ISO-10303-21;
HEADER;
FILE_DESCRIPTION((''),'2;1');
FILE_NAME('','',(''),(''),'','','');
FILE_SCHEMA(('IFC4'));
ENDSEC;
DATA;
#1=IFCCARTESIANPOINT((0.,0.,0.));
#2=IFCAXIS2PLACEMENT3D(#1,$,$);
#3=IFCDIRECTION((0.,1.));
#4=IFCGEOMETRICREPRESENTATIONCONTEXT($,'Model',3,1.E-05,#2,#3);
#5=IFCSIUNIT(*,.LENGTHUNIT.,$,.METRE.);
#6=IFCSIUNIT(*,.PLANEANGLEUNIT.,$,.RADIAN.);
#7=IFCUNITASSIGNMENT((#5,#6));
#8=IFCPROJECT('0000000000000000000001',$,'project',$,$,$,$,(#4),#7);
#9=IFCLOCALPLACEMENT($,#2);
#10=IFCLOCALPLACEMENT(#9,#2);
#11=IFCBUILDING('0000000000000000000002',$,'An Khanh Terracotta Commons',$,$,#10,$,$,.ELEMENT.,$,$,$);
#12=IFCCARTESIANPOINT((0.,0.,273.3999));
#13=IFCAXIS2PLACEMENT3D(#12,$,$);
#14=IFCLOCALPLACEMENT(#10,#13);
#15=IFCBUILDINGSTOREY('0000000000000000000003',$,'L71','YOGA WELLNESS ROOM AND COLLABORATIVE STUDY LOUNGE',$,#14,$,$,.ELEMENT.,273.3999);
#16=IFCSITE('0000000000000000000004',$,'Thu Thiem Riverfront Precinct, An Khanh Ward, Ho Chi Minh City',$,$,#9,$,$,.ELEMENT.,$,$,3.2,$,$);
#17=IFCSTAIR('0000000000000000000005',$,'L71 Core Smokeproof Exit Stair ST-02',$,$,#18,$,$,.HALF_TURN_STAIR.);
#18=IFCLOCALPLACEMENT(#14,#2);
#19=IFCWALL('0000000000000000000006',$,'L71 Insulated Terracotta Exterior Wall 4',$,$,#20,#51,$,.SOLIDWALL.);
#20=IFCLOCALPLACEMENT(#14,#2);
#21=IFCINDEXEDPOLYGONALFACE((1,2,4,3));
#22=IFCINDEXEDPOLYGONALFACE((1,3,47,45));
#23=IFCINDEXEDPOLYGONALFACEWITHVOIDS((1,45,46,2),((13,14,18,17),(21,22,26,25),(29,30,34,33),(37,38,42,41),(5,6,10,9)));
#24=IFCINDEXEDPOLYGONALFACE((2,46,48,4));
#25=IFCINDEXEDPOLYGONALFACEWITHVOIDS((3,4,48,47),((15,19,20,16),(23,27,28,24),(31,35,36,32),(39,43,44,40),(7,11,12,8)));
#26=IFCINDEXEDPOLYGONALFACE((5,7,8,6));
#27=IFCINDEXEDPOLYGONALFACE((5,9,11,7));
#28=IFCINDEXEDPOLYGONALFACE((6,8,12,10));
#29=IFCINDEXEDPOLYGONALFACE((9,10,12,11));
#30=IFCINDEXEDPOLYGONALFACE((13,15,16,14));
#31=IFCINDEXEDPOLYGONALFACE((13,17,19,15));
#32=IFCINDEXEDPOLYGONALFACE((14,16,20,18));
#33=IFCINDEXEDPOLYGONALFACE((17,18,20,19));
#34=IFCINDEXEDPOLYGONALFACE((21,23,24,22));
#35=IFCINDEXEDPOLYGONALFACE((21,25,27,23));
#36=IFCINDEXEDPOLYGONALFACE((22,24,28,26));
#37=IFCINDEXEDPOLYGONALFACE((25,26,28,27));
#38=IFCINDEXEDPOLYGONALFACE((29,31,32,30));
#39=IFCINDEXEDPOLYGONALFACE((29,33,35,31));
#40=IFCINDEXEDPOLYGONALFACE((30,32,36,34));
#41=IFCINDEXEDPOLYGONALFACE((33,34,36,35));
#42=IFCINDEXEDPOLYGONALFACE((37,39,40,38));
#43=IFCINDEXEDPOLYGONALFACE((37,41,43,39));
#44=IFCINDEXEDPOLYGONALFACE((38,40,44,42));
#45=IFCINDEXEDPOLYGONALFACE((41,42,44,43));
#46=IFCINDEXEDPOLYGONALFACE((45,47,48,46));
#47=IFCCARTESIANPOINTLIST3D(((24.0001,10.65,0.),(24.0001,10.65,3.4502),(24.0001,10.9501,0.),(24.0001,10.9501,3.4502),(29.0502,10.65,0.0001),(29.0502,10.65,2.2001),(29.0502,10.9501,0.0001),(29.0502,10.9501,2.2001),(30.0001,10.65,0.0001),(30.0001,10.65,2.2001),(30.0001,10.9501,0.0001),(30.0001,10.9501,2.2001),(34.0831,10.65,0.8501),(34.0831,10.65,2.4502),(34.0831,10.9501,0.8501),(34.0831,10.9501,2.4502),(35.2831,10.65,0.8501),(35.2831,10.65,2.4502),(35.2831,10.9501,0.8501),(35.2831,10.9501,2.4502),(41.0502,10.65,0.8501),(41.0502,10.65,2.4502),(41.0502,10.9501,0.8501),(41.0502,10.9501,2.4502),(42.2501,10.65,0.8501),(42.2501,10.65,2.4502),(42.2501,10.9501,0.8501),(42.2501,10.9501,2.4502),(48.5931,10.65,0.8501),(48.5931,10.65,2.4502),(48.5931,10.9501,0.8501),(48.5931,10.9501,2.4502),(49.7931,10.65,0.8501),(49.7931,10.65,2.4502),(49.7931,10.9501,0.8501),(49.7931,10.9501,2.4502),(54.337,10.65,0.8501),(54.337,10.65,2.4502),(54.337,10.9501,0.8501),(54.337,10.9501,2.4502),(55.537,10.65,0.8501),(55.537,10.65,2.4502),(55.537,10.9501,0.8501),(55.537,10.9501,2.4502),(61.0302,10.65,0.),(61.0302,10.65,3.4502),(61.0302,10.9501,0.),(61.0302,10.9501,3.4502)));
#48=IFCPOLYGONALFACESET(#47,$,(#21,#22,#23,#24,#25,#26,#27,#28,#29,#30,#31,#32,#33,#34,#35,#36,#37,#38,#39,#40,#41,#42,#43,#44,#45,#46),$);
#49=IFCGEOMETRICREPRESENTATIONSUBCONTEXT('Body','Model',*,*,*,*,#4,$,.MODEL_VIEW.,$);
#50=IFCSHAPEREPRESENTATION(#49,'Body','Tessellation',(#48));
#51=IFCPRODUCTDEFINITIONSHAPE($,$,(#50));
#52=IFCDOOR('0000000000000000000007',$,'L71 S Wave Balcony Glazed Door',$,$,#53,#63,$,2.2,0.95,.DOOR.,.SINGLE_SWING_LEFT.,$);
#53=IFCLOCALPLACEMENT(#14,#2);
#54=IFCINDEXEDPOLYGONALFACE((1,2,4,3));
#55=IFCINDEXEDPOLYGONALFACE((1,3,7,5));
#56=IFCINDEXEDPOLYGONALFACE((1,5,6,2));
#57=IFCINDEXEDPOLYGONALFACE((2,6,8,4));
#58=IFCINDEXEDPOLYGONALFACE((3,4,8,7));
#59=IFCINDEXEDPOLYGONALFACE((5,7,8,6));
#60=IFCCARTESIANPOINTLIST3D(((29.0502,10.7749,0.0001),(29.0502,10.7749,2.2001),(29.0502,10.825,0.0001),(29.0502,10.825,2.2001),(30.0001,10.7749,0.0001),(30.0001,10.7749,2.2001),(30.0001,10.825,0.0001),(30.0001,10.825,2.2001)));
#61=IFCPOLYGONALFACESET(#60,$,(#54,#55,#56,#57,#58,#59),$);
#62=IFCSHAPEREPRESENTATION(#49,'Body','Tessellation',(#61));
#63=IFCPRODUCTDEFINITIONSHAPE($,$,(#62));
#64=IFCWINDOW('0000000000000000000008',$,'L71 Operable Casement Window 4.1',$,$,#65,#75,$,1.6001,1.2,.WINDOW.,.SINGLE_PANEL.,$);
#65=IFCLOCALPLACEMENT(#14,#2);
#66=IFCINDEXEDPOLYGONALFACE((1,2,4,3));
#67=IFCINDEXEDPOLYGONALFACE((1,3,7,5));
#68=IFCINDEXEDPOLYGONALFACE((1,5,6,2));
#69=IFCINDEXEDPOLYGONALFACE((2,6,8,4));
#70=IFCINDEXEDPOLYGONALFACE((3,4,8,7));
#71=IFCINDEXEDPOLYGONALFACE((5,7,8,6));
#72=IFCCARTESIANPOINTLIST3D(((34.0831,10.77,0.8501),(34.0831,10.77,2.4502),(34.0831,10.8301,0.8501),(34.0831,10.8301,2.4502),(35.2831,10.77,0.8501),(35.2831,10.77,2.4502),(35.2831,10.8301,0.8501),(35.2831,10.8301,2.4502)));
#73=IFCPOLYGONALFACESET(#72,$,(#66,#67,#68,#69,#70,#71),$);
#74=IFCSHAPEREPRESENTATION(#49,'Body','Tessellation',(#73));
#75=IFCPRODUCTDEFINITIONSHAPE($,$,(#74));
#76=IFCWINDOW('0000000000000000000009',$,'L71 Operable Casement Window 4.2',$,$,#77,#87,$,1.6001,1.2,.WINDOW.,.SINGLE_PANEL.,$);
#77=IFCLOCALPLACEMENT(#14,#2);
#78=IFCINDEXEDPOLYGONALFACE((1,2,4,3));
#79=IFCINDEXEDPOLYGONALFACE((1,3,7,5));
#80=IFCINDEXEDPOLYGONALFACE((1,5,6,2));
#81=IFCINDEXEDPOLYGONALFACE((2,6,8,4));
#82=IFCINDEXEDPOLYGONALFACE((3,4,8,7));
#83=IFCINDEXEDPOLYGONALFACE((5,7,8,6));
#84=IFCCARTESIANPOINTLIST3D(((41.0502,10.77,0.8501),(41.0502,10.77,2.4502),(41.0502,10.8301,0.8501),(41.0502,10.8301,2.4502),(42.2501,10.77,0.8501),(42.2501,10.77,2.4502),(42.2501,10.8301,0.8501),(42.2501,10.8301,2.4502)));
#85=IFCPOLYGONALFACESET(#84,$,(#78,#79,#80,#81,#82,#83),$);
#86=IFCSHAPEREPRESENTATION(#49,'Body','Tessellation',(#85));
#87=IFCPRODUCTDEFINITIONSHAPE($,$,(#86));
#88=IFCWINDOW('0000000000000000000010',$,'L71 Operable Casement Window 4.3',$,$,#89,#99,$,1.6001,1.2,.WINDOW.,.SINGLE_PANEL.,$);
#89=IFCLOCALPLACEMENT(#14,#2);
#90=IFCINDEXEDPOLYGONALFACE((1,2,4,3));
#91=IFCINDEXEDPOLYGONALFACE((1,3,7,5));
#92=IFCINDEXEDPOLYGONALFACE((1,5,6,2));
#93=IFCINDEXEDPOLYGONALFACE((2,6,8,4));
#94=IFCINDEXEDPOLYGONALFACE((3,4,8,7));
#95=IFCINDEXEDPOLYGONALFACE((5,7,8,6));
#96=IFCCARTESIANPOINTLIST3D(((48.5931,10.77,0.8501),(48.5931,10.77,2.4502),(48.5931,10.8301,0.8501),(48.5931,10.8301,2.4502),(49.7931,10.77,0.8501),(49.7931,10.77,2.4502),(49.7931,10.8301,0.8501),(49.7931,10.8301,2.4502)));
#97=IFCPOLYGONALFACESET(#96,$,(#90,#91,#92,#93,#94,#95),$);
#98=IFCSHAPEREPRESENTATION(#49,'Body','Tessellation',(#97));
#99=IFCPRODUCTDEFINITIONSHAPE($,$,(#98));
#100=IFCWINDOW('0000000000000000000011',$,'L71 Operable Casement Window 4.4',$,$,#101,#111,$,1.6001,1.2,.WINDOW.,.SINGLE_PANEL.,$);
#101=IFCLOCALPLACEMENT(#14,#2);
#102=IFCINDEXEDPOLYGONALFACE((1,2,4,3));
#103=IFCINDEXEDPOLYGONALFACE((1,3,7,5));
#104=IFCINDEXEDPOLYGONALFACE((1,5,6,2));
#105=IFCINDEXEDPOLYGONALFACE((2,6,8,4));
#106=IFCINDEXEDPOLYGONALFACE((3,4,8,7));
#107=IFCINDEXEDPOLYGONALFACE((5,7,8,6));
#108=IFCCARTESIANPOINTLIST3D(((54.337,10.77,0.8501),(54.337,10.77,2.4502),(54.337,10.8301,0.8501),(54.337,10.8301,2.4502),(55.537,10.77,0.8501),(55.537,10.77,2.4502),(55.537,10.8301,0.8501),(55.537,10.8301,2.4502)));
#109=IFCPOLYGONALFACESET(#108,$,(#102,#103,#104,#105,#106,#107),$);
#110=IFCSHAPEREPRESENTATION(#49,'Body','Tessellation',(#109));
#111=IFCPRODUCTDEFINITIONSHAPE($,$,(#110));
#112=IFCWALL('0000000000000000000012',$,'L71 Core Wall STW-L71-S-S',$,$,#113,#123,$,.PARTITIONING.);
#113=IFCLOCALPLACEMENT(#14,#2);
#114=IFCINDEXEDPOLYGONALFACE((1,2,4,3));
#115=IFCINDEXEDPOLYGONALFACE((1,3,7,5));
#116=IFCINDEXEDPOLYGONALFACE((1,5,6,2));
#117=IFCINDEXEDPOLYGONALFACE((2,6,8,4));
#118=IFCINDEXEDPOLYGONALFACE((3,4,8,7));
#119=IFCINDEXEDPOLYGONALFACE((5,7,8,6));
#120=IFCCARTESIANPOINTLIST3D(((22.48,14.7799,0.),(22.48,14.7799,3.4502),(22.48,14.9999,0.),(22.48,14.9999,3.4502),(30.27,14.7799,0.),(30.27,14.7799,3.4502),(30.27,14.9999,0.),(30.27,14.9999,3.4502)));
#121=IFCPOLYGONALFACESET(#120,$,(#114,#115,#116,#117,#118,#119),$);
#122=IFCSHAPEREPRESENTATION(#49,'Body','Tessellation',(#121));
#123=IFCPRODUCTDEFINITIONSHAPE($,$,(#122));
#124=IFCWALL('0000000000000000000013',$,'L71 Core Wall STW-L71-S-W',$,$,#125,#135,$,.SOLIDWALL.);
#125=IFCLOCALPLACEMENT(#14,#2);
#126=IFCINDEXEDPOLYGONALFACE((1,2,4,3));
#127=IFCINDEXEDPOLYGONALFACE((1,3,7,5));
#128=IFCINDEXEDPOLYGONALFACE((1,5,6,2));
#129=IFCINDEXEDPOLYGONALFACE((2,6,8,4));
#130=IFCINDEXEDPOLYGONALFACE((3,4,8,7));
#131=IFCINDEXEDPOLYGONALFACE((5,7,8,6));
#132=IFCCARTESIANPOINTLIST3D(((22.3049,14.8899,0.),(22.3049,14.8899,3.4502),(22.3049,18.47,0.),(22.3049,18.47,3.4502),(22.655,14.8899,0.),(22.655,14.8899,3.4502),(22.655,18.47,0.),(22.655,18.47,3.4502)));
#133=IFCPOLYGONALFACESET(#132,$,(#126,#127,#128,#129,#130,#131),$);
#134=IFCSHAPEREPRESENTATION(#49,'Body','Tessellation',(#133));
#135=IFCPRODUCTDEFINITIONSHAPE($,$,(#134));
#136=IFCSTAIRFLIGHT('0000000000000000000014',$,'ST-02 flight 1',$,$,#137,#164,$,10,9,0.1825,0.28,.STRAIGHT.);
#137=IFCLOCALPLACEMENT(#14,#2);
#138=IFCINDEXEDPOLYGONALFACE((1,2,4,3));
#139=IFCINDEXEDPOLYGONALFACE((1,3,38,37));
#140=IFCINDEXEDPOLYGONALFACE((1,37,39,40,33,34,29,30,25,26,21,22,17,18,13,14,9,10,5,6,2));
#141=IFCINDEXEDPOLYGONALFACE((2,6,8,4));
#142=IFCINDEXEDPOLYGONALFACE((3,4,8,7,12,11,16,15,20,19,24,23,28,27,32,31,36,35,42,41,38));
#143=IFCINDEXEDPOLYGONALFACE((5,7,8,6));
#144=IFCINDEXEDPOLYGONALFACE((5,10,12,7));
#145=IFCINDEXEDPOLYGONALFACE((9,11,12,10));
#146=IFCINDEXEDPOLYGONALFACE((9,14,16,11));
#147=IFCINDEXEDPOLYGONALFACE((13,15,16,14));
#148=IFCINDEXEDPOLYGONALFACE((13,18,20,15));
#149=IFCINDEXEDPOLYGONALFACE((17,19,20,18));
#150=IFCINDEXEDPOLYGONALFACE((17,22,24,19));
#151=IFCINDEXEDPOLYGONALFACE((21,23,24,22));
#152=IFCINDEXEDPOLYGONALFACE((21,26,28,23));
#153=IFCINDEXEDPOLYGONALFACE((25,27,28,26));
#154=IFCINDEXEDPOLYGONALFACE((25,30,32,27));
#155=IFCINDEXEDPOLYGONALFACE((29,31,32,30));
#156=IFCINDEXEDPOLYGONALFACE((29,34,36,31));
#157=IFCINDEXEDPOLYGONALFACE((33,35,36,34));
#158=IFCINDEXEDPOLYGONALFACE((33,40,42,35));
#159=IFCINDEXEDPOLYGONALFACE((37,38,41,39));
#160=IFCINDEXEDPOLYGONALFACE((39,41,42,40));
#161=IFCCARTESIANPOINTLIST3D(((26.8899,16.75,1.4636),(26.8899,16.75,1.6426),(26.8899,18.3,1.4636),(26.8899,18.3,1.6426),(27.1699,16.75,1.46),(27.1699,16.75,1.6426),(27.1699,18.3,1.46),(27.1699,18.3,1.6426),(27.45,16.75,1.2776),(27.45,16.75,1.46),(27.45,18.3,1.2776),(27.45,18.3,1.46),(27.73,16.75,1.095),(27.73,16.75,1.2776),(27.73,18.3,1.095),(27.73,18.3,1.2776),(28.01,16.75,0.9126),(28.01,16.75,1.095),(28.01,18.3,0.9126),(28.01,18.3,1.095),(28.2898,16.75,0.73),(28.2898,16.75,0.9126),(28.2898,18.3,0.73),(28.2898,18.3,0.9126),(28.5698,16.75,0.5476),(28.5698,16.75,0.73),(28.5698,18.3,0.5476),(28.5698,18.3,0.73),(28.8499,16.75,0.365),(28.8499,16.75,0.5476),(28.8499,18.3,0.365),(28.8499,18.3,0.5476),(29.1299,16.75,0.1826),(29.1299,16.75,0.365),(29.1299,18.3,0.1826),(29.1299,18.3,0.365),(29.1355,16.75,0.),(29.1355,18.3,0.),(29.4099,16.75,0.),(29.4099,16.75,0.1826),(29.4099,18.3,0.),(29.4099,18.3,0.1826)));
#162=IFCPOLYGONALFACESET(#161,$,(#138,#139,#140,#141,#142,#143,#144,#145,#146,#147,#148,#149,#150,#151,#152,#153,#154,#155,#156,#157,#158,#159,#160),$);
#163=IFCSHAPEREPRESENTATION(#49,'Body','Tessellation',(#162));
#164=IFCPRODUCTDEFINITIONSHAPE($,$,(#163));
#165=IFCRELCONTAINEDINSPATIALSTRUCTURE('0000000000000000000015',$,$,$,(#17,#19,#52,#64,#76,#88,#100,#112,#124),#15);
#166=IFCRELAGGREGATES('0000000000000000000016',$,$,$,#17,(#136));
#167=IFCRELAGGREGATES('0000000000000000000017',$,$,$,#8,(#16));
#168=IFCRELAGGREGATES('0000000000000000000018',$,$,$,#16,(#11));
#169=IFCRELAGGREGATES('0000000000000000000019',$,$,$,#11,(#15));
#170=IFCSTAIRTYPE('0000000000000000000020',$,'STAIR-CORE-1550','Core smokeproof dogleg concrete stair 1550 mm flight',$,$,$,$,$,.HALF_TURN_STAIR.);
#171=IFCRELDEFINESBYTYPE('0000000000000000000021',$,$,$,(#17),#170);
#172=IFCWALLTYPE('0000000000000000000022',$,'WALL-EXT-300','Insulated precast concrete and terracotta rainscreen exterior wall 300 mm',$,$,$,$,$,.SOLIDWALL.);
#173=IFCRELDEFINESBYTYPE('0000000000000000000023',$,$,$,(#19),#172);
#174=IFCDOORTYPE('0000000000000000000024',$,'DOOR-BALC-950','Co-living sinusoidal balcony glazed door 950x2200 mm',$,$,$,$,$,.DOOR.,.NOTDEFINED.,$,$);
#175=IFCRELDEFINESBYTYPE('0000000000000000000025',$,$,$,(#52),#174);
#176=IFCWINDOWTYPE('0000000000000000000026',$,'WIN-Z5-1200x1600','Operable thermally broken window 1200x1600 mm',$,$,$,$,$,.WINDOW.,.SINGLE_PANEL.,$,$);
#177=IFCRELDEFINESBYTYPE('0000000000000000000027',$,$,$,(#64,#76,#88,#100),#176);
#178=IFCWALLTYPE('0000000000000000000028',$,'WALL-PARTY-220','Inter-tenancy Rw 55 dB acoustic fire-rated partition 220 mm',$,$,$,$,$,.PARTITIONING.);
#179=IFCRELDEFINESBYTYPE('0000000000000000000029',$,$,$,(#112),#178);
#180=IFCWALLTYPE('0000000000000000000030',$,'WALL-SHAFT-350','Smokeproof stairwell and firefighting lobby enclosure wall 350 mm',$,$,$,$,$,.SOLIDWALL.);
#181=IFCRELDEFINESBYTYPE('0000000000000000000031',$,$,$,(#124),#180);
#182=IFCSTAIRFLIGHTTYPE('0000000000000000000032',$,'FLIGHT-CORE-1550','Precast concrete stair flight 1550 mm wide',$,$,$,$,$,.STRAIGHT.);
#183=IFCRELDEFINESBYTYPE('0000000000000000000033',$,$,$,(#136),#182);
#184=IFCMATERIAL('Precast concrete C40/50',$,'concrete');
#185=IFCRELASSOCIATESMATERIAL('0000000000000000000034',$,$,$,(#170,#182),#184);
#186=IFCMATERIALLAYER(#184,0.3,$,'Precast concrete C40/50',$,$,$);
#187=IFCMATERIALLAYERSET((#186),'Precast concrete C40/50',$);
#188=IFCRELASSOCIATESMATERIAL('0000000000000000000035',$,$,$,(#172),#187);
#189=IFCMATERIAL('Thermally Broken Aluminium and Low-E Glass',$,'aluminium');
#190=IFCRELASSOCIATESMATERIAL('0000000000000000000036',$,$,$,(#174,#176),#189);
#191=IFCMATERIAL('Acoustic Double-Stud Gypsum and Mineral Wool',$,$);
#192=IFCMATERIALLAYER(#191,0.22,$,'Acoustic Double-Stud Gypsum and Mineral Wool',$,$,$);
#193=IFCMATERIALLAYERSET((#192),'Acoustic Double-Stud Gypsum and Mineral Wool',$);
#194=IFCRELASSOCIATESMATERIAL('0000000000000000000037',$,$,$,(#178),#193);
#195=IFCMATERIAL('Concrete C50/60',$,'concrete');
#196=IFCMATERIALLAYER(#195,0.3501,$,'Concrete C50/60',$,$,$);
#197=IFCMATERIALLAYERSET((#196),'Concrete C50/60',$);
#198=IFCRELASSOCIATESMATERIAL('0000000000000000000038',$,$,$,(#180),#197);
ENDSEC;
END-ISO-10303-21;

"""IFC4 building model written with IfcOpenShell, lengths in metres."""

from ifc_helpers import new_model, si_unit, direction, frame, frame_2d, origin, place, context, subcontext, project, spatial, polyline, rectangle, outline, extrude, material, layer, layer_set, type_object, element, fill, aggregate, save


model = new_model("IFC4")

# Units and contexts
model_context = context("Model", 3, precision=1e-05, world=origin(), true_north=direction((0.0, 1.0)))
body_context = subcontext(model_context, "Body", "Model", "MODEL_VIEW")
ifc_project = project(units=[si_unit("LENGTHUNIT", "METRE"), si_unit("PLANEANGLEUNIT", "RADIAN")], contexts=[model_context])

# Site, building, storey
site_placement = place(None, origin())
site = spatial("IfcSite", under=ifc_project, at=site_placement, Name="Thu Thiem Riverfront Precinct, An Khanh Ward, Ho Chi Minh City", CompositionType="ELEMENT", RefElevation=3.2)
building_placement = place(site_placement, origin())
building = spatial("IfcBuilding", under=site, at=building_placement, Name="An Khanh Terracotta Commons", CompositionType="ELEMENT")
storey_placement = place(building_placement, frame((0.0, 0.0, 273.3999)))
storey = spatial("IfcBuildingStorey", under=building, at=storey_placement, Name="L71", Description="YOGA WELLNESS ROOM AND COLLABORATIVE STUDY LOUNGE", CompositionType="ELEMENT", Elevation=273.3999)

# Shared definitions
ifc_material_1 = material(Name="Concrete C50/60", Category="concrete")

# Stair
ifc_material_2 = material(Name="Precast concrete C40/50", Category="concrete")
stair_type = type_object("IfcStairType", Name="STAIR-CORE-1550", Description="Core smokeproof dogleg concrete stair 1550 mm flight", PredefinedType="HALF_TURN_STAIR", material=ifc_material_2)
stair_1_placement = place(storey_placement, origin())
stair_1 = element("IfcStair", 1, at=stair_1_placement, inside=storey, type_object=stair_type, Name="L71 Core Smokeproof Exit Stair ST-02", PredefinedType="HALF_TURN_STAIR")

# Shared definitions
ifc_layer_1 = layer(ifc_material_2, 0.3, Name="Precast concrete C40/50")
ifc_layer_set_1 = layer_set([ifc_layer_1], Name="Precast concrete C40/50")
wall_type_1 = type_object("IfcWallType", Name="WALL-EXT-300", Description="Insulated precast concrete and terracotta rainscreen exterior wall 300 mm", PredefinedType="SOLIDWALL", material=ifc_layer_set_1)

# Wall, openings, door, windows
wall_1_placement = place(storey_placement, frame((24.0, 10.8, 0.0), z_axis=(0.0, 0.0, 1.0), x_axis=(1.0, 0.0, 0.0)))
wall_1 = element("IfcWall", 2, at=wall_1_placement, inside=storey, type_object=wall_type_1, Name="L71 Insulated Terracotta Exterior Wall 4", PredefinedType="SOLIDWALL", context=body_context, shape_type="SweptSolid", body=[
    extrude(rectangle(XDim=37.03, YDim=0.3, at=frame_2d((18.5151, 0.0))), origin(), (0.0, 0.0, 1.0), 3.4502),
])
opening_1_placement = place(wall_1_placement, frame((5.05, 0.0, 0.0)))
opening_1 = element("IfcOpeningElement", 3, at=opening_1_placement, cuts=wall_1, PredefinedType="OPENING", context=body_context, shape_type="SweptSolid", body=[
    extrude(rectangle(XDim=0.95, YDim=2.2, at=frame_2d((0.4751, 1.1001))), frame((0.0, 0.1599, 0.0), z_axis=(0.0, -1.0, 0.0), x_axis=(1.0, 0.0, 0.0)), (0.0, 0.0, 1.0), 0.3201),
])
opening_2_placement = place(wall_1_placement, frame((10.083, 0.0, 0.8501)))
opening_2 = element("IfcOpeningElement", 4, at=opening_2_placement, cuts=wall_1, PredefinedType="OPENING", context=body_context, shape_type="SweptSolid", body=[
    extrude(rectangle(XDim=1.2, YDim=1.6001, at=frame_2d((0.6001, 0.8))), frame((0.0, 0.1599, 0.0), z_axis=(0.0, -1.0, 0.0), x_axis=(1.0, 0.0, 0.0)), (0.0, 0.0, 1.0), 0.3201),
])
opening_3_placement = place(wall_1_placement, frame((17.05, 0.0, 0.8501)))
opening_3 = element("IfcOpeningElement", 5, at=opening_3_placement, cuts=wall_1, PredefinedType="OPENING", context=body_context, shape_type="SweptSolid", body=[
    extrude(rectangle(XDim=1.2, YDim=1.6001, at=frame_2d((0.6001, 0.8))), frame((0.0, 0.1599, 0.0), z_axis=(0.0, -1.0, 0.0), x_axis=(1.0, 0.0, 0.0)), (0.0, 0.0, 1.0), 0.3201),
])
opening_4_placement = place(wall_1_placement, frame((24.593, 0.0, 0.8501)))
opening_4 = element("IfcOpeningElement", 6, at=opening_4_placement, cuts=wall_1, PredefinedType="OPENING", context=body_context, shape_type="SweptSolid", body=[
    extrude(rectangle(XDim=1.2, YDim=1.6001, at=frame_2d((0.6001, 0.8))), frame((0.0, 0.1599, 0.0), z_axis=(0.0, -1.0, 0.0), x_axis=(1.0, 0.0, 0.0)), (0.0, 0.0, 1.0), 0.3201),
])
opening_5_placement = place(wall_1_placement, frame((30.3369, 0.0, 0.8501)))
opening_5 = element("IfcOpeningElement", 7, at=opening_5_placement, cuts=wall_1, PredefinedType="OPENING", context=body_context, shape_type="SweptSolid", body=[
    extrude(rectangle(XDim=1.2, YDim=1.6001, at=frame_2d((0.6001, 0.8))), frame((0.0, 0.1599, 0.0), z_axis=(0.0, -1.0, 0.0), x_axis=(1.0, 0.0, 0.0)), (0.0, 0.0, 1.0), 0.3201),
])
ifc_material_3 = material(Name="Thermally Broken Aluminium and Low-E Glass", Category="aluminium")
door_type = type_object("IfcDoorType", Name="DOOR-BALC-950", Description="Co-living sinusoidal balcony glazed door 950x2200 mm", OperationType="NOTDEFINED", PredefinedType="DOOR", material=ifc_material_3)
door_placement = place(opening_1_placement, origin())
door = element("IfcDoor", 8, at=door_placement, inside=storey, type_object=door_type, Name="L71 S Wave Balcony Glazed Door", OperationType="SINGLE_SWING_LEFT", OverallHeight=2.2, OverallWidth=0.95, PredefinedType="DOOR", context=body_context, shape_type="SweptSolid", body=[
    extrude(rectangle(XDim=0.95, YDim=2.2, at=frame_2d((0.4751, 1.1001))), frame((0.0, 0.0249, 0.0), z_axis=(0.0, -1.0, 0.0), x_axis=(1.0, 0.0, 0.0)), (0.0, 0.0, 1.0), 0.05),
])
fill(opening_1, door)
window_type = type_object("IfcWindowType", Name="WIN-Z5-1200x1600", Description="Operable thermally broken window 1200x1600 mm", PartitioningType="SINGLE_PANEL", PredefinedType="WINDOW", material=ifc_material_3)
window_1_placement = place(opening_2_placement, origin())
window_1 = element("IfcWindow", 9, at=window_1_placement, inside=storey, type_object=window_type, Name="L71 Operable Casement Window 4.1", OverallHeight=1.6001, OverallWidth=1.2, PartitioningType="SINGLE_PANEL", PredefinedType="WINDOW", context=body_context, shape_type="SweptSolid", body=[
    extrude(rectangle(XDim=1.2, YDim=1.6001, at=frame_2d((0.6001, 0.8))), frame((0.0, 0.03, 0.0), z_axis=(0.0, -1.0, 0.0), x_axis=(1.0, 0.0, 0.0)), (0.0, 0.0, 1.0), 0.0601),
])
fill(opening_2, window_1)
window_2_placement = place(opening_3_placement, origin())
window_2 = element("IfcWindow", 10, at=window_2_placement, inside=storey, type_object=window_type, Name="L71 Operable Casement Window 4.2", OverallHeight=1.6001, OverallWidth=1.2, PartitioningType="SINGLE_PANEL", PredefinedType="WINDOW", context=body_context, shape_type="SweptSolid", body=[
    extrude(rectangle(XDim=1.2, YDim=1.6001, at=frame_2d((0.6001, 0.8))), frame((0.0, 0.03, 0.0), z_axis=(0.0, -1.0, 0.0), x_axis=(1.0, 0.0, 0.0)), (0.0, 0.0, 1.0), 0.0601),
])
fill(opening_3, window_2)
window_3_placement = place(opening_4_placement, origin())
window_3 = element("IfcWindow", 11, at=window_3_placement, inside=storey, type_object=window_type, Name="L71 Operable Casement Window 4.3", OverallHeight=1.6001, OverallWidth=1.2, PartitioningType="SINGLE_PANEL", PredefinedType="WINDOW", context=body_context, shape_type="SweptSolid", body=[
    extrude(rectangle(XDim=1.2, YDim=1.6001, at=frame_2d((0.6001, 0.8))), frame((0.0, 0.03, 0.0), z_axis=(0.0, -1.0, 0.0), x_axis=(1.0, 0.0, 0.0)), (0.0, 0.0, 1.0), 0.0601),
])
fill(opening_4, window_3)
window_4_placement = place(opening_5_placement, origin())
window_4 = element("IfcWindow", 12, at=window_4_placement, inside=storey, type_object=window_type, Name="L71 Operable Casement Window 4.4", OverallHeight=1.6001, OverallWidth=1.2, PartitioningType="SINGLE_PANEL", PredefinedType="WINDOW", context=body_context, shape_type="SweptSolid", body=[
    extrude(rectangle(XDim=1.2, YDim=1.6001, at=frame_2d((0.6001, 0.8))), frame((0.0, 0.03, 0.0), z_axis=(0.0, -1.0, 0.0), x_axis=(1.0, 0.0, 0.0)), (0.0, 0.0, 1.0), 0.0601),
])
fill(opening_5, window_4)

# Walls
ifc_material_4 = material(Name="Acoustic Double-Stud Gypsum and Mineral Wool")
ifc_layer_2 = layer(ifc_material_4, 0.22, Name="Acoustic Double-Stud Gypsum and Mineral Wool")
ifc_layer_set_2 = layer_set([ifc_layer_2], Name="Acoustic Double-Stud Gypsum and Mineral Wool")
wall_type_2 = type_object("IfcWallType", Name="WALL-PARTY-220", Description="Inter-tenancy Rw 55 dB acoustic fire-rated partition 220 mm", PredefinedType="PARTITIONING", material=ifc_layer_set_2)
wall_2_placement = place(storey_placement, frame((22.48, 14.8899, 0.0), z_axis=(0.0, 0.0, 1.0), x_axis=(1.0, 0.0, 0.0)))
element("IfcWall", 13, at=wall_2_placement, inside=storey, type_object=wall_type_2, Name="L71 Core Wall STW-L71-S-S", PredefinedType="PARTITIONING", context=body_context, shape_type="SweptSolid", body=[
    extrude(rectangle(XDim=7.79, YDim=0.22, at=frame_2d((3.895, 0.0))), origin(), (0.0, 0.0, 1.0), 3.4502),
])
ifc_layer_3 = layer(ifc_material_1, 0.3501, Name="Concrete C50/60")
ifc_layer_set_3 = layer_set([ifc_layer_3], Name="Concrete C50/60")
wall_type_3 = type_object("IfcWallType", Name="WALL-SHAFT-350", Description="Smokeproof stairwell and firefighting lobby enclosure wall 350 mm", PredefinedType="SOLIDWALL", material=ifc_layer_set_3)
wall_3_placement = place(storey_placement, frame((22.48, 14.8899, 0.0), z_axis=(0.0, 0.0, 1.0), x_axis=(0.0, 1.0, 0.0)))
element("IfcWall", 14, at=wall_3_placement, inside=storey, type_object=wall_type_3, Name="L71 Core Wall STW-L71-S-W", PredefinedType="SOLIDWALL", context=body_context, shape_type="SweptSolid", body=[
    extrude(rectangle(XDim=3.5801, YDim=0.3501, at=frame_2d((1.79, 0.0))), origin(), (0.0, 0.0, 1.0), 3.4502),
])

# Stair flight
stair_flight_type = type_object("IfcStairFlightType", Name="FLIGHT-CORE-1550", Description="Precast concrete stair flight 1550 mm wide", PredefinedType="STRAIGHT", material=ifc_material_2)
stair_flight_1_placement = place(storey_placement, frame((29.4099, 17.5249, 0.0), z_axis=(0.0, 0.0, 1.0), x_axis=(-1.0, 0.0, 0.0)))
stair_flight_1 = element("IfcStairFlight", 15, at=stair_flight_1_placement, type_object=stair_flight_type, Name="ST-02 flight 1", NumberOfRisers=10, NumberOfTreads=9, PredefinedType="STRAIGHT", RiserHeight=0.1825, TreadLength=0.28, context=body_context, shape_type="SweptSolid", body=[
    extrude(outline(polyline([(0.0, 0.0), (0.0, 0.1826), (0.28, 0.1826), (0.28, 0.365), (0.5601, 0.365), (0.5601, 0.5476), (0.8401, 0.5476), (0.8401, 0.73), (1.1201, 0.73), (1.1201, 0.9126), (1.3999, 0.9126), (1.3999, 1.095), (1.6799, 1.095), (1.6799, 1.2776), (1.96, 1.2776), (1.96, 1.46), (2.24, 1.46), (2.24, 1.6426), (2.52, 1.6426), (2.52, 1.825), (2.52, 1.4636), (0.2744, 0.0), (0.0, 0.0)])), frame((0.0, 0.7749, 0.0), z_axis=(0.0, -1.0, 0.0), x_axis=(1.0, 0.0, 0.0)), (0.0, 0.0, 1.0), 1.55),
])
aggregate(stair_1, [stair_flight_1])

save(model, "model.ifc")
